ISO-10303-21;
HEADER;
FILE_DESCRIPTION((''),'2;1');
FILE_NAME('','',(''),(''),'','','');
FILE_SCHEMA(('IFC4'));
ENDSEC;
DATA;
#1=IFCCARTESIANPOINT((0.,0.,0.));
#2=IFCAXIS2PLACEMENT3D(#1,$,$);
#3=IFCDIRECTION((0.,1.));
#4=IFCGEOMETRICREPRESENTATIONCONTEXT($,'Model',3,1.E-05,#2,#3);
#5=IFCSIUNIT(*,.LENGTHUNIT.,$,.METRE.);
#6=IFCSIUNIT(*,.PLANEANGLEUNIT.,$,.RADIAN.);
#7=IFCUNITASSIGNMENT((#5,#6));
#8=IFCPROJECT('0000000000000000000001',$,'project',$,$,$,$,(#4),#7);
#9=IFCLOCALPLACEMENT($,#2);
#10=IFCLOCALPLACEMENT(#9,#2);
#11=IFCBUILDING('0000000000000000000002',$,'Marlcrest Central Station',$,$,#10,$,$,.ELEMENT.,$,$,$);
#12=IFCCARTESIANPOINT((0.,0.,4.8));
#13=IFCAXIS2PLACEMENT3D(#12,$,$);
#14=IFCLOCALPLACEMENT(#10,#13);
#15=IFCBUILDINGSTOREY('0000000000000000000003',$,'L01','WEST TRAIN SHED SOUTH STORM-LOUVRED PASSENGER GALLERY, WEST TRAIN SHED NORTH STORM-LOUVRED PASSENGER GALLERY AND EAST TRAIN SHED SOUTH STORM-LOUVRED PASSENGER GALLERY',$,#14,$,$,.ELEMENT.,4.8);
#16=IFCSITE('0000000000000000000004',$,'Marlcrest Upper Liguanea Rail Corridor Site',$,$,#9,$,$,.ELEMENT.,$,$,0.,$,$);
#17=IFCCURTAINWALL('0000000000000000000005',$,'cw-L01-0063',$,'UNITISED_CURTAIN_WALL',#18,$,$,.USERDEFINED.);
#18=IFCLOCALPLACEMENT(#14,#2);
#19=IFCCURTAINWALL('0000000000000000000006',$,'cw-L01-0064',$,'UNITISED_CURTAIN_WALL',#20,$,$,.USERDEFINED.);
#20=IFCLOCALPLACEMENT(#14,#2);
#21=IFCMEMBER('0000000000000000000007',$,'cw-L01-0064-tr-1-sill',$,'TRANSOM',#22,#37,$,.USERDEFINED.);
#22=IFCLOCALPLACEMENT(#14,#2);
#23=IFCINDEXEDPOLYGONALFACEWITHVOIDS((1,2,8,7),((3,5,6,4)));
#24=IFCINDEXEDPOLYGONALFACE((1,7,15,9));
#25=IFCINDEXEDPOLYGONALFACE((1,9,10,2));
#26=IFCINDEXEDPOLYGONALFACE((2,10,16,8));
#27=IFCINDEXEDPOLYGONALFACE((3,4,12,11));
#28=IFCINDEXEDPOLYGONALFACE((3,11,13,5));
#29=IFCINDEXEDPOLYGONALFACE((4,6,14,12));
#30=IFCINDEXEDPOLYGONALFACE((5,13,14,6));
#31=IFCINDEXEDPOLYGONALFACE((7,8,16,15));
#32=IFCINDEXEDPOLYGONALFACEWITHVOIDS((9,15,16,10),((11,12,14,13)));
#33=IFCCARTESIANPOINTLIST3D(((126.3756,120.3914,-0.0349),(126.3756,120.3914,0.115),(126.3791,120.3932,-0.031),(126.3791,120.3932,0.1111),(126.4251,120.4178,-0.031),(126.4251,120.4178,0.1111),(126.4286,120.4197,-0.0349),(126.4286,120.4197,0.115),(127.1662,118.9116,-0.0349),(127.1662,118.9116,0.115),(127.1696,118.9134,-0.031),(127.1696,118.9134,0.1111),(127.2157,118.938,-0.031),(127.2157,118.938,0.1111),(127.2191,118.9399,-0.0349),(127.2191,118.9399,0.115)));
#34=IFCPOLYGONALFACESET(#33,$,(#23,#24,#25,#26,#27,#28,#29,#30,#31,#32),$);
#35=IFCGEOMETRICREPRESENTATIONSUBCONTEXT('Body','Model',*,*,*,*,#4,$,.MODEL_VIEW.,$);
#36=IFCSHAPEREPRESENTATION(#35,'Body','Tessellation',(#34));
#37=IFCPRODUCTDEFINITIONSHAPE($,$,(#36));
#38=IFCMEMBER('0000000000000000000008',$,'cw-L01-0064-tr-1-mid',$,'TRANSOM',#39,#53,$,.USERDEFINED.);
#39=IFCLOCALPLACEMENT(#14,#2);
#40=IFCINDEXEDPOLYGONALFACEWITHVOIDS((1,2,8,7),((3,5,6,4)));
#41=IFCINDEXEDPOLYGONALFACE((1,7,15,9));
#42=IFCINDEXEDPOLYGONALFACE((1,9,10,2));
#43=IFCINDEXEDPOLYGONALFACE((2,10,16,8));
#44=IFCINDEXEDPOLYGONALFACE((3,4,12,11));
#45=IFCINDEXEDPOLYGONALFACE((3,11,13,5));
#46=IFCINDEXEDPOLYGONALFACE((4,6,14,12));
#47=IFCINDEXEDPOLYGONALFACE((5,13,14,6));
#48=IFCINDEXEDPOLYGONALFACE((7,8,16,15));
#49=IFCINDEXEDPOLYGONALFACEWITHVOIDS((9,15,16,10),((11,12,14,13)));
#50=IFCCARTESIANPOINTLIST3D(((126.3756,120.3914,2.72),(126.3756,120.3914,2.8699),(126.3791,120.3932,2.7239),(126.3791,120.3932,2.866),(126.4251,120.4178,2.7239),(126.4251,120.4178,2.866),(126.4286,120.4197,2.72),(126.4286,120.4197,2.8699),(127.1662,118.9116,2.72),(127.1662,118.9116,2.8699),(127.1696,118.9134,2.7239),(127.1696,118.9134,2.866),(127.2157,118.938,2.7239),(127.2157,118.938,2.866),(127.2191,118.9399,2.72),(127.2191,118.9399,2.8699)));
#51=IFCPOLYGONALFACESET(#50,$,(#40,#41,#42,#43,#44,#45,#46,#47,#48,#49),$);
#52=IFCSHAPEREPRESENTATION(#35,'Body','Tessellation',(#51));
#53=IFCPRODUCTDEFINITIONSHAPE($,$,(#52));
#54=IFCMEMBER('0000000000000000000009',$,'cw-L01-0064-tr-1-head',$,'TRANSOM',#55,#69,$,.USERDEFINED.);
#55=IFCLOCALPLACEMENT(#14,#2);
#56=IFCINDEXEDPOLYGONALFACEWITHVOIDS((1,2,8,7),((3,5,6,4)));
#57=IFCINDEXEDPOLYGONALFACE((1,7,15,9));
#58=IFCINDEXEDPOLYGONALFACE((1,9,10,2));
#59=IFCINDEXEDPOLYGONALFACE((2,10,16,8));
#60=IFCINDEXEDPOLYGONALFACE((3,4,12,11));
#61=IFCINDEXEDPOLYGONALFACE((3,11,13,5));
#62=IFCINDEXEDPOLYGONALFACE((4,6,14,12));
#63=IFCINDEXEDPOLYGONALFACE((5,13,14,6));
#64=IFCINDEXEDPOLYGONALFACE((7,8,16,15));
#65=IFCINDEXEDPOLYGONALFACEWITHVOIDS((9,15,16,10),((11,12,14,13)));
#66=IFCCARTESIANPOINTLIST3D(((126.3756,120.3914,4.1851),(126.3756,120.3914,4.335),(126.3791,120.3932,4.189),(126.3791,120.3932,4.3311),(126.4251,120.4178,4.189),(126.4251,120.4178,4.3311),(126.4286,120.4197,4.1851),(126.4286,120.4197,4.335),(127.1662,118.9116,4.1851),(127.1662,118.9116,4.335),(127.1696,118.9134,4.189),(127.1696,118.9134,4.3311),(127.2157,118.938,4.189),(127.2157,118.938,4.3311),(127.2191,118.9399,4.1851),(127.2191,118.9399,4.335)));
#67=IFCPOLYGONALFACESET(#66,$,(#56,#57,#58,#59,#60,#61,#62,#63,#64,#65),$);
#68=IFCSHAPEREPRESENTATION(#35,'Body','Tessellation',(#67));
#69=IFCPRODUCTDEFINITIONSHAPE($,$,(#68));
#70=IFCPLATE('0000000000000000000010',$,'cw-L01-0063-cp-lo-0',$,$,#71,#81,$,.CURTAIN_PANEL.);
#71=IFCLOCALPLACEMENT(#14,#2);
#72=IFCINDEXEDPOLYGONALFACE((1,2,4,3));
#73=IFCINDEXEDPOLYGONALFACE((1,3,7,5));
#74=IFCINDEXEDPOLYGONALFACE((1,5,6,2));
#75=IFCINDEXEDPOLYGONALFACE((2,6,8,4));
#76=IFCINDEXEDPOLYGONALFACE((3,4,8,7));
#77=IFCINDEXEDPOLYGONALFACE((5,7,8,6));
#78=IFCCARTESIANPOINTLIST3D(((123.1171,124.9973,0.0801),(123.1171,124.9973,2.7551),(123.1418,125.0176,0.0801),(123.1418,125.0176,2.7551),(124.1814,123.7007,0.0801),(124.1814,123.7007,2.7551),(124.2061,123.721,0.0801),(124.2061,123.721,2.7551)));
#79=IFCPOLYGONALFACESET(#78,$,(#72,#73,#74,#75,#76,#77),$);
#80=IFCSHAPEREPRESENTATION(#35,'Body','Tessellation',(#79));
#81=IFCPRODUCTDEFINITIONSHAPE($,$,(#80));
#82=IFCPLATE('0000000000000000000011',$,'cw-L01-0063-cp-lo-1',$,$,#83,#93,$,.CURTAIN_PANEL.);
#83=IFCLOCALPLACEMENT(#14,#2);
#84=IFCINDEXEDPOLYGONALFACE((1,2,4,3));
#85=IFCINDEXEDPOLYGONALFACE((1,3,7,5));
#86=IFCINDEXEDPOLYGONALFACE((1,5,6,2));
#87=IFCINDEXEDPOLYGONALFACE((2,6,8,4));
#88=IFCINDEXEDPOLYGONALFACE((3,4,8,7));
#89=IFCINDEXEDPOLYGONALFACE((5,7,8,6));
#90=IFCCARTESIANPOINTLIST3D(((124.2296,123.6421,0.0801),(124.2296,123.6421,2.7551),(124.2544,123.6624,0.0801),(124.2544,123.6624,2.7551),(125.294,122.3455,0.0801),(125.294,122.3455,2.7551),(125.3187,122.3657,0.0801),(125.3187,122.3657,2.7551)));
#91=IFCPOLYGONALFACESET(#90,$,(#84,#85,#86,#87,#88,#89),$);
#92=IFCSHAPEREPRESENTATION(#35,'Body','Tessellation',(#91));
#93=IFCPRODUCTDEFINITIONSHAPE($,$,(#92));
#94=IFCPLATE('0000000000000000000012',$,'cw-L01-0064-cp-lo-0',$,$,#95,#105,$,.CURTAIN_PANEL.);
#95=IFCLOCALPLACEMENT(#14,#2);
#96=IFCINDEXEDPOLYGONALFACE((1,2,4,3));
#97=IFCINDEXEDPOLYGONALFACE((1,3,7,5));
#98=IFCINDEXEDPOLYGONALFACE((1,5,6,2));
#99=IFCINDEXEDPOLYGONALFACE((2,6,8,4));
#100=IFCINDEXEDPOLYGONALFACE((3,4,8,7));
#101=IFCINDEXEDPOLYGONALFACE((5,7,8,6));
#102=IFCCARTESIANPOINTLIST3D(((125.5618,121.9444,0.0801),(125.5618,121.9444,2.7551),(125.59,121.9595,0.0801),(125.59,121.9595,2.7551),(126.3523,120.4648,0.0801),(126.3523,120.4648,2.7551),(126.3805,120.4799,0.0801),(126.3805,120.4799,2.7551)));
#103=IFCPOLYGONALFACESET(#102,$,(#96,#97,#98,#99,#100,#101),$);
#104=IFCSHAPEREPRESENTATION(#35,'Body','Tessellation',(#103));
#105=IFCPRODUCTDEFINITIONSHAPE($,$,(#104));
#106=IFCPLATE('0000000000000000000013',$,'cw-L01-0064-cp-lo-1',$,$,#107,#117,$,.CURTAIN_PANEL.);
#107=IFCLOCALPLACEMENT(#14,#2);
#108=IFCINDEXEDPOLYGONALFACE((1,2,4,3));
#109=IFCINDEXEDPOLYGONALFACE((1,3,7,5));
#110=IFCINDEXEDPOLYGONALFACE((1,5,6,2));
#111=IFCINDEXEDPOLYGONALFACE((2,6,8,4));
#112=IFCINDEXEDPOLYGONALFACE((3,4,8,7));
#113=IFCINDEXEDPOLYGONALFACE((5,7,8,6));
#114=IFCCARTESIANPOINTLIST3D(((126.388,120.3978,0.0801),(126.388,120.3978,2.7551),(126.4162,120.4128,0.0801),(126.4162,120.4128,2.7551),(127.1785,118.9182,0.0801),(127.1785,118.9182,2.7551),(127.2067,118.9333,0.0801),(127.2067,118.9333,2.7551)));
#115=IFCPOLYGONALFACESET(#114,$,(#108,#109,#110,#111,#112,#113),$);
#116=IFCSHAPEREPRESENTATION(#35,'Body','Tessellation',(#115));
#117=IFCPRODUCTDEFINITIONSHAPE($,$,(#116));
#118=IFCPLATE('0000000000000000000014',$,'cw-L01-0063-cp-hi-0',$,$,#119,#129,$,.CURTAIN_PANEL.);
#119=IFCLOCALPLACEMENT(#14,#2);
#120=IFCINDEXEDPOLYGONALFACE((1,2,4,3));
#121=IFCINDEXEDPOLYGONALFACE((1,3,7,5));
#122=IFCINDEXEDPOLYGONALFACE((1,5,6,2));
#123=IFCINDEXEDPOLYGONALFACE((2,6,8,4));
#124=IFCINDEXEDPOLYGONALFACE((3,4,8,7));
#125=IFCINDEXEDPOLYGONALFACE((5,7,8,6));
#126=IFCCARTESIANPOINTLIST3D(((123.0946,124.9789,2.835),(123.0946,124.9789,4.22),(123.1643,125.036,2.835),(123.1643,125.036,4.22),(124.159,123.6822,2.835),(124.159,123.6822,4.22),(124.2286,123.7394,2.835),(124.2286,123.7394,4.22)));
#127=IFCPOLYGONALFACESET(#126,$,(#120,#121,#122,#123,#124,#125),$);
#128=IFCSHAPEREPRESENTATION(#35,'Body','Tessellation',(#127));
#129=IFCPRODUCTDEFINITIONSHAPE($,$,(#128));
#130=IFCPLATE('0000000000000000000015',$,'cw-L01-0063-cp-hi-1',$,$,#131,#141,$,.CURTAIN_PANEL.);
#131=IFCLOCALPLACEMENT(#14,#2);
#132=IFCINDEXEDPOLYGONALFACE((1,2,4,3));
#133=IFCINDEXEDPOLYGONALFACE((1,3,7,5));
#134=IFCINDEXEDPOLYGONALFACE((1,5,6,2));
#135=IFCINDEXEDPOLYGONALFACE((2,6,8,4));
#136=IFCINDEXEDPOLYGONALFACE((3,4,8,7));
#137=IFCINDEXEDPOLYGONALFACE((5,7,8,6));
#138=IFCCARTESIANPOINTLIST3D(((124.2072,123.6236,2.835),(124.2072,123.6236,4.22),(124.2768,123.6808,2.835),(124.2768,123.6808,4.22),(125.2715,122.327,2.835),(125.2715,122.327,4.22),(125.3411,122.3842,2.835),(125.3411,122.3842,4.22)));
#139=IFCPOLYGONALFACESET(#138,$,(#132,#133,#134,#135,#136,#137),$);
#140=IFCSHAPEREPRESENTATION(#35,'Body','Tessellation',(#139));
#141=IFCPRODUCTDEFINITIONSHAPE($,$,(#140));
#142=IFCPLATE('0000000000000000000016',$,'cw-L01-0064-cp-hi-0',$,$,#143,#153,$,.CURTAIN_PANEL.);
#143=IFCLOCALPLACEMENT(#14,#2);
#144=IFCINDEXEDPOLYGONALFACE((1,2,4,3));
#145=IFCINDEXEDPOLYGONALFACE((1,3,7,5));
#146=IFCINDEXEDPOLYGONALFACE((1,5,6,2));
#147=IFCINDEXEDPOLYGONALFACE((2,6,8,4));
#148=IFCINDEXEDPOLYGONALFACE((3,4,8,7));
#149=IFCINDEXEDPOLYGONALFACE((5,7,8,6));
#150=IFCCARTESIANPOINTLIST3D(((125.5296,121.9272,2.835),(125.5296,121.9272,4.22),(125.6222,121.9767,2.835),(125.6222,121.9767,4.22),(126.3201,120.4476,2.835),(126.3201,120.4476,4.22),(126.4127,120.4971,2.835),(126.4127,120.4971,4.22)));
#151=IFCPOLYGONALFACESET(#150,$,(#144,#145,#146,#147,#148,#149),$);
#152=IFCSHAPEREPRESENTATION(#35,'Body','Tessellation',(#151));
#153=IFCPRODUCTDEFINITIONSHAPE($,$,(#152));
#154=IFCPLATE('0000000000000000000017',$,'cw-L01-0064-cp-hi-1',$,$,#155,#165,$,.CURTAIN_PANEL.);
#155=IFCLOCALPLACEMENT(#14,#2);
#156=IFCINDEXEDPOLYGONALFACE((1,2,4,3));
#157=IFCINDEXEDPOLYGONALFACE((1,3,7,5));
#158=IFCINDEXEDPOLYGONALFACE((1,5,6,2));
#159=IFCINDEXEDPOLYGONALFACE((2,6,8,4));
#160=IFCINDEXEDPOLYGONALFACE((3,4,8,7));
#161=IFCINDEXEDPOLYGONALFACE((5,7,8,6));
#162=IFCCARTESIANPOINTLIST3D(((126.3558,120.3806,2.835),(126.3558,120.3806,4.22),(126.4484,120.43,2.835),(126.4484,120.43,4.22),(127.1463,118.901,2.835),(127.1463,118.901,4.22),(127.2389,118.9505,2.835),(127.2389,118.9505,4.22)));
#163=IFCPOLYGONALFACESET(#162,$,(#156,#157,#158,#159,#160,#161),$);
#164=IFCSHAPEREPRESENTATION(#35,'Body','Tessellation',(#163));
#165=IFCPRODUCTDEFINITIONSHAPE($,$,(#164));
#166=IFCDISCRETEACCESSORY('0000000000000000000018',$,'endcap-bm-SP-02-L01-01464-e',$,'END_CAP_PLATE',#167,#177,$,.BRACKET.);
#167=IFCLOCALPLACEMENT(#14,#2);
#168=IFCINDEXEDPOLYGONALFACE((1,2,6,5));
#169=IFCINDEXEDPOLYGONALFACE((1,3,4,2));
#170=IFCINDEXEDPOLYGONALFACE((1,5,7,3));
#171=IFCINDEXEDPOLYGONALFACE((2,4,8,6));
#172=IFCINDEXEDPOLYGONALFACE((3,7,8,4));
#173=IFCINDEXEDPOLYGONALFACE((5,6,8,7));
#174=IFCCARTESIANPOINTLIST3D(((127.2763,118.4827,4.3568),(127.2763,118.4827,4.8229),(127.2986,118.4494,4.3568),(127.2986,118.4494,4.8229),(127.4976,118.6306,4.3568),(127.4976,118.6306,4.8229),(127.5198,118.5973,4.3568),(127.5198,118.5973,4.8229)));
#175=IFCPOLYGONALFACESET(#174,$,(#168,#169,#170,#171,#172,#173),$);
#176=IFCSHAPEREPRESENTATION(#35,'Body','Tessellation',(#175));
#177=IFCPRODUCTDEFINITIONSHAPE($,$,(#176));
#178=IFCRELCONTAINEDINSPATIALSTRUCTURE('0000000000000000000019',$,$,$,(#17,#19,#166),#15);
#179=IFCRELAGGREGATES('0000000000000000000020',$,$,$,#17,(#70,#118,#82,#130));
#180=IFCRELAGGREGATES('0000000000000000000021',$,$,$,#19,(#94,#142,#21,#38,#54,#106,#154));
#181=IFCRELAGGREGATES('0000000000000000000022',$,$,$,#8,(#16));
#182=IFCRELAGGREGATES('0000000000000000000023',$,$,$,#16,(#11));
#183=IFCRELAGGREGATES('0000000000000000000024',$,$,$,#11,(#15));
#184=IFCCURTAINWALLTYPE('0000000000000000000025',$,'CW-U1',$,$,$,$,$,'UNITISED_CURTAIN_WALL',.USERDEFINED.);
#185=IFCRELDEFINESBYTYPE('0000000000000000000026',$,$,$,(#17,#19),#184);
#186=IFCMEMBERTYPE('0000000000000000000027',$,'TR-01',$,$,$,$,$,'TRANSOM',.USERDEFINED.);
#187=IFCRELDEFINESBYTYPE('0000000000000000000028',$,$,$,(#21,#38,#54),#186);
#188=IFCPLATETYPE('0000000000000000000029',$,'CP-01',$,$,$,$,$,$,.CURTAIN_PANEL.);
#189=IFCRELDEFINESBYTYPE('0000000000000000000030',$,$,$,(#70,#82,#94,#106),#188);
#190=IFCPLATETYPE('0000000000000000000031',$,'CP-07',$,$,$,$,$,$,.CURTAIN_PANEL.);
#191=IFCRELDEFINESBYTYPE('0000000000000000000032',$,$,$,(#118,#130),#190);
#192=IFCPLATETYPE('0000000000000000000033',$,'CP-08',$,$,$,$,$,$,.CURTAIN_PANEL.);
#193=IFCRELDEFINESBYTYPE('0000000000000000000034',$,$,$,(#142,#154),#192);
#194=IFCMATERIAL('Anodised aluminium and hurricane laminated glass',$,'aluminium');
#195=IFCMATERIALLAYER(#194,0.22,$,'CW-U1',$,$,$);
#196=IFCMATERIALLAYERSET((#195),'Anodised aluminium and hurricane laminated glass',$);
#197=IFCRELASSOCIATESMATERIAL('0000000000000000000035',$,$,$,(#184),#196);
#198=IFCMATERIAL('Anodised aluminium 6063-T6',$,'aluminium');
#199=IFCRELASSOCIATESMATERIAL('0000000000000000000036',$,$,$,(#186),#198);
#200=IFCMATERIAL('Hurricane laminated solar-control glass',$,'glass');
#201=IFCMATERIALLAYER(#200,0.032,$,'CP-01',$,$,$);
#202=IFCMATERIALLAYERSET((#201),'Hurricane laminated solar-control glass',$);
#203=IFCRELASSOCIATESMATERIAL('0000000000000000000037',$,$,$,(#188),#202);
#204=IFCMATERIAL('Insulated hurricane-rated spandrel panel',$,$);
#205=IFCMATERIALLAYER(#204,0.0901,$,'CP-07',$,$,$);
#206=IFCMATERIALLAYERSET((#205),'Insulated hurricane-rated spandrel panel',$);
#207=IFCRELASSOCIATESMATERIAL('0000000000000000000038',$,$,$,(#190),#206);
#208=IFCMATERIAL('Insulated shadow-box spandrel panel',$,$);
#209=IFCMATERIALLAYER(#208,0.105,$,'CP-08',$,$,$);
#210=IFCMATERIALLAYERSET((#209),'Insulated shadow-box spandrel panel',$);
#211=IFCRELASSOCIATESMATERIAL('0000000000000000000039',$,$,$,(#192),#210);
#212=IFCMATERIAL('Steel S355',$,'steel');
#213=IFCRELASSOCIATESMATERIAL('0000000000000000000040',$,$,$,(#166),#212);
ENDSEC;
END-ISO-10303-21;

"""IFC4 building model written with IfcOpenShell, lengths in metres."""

from ifc_helpers import new_model, si_unit, direction, frame, origin, origin_2d, place, context, subcontext, project, spatial, rectangle, hollow_rectangle, extrude, material, layer, layer_set, material_profile, profile_set, type_object, element, aggregate, save


model = new_model("IFC4")

# Units and contexts
model_context = context("Model", 3, precision=1e-05, world=origin(), true_north=direction((0.0, 1.0)))
body_context = subcontext(model_context, "Body", "Model", "MODEL_VIEW")
ifc_project = project(units=[si_unit("LENGTHUNIT", "METRE"), si_unit("PLANEANGLEUNIT", "RADIAN")], contexts=[model_context])

# Site, building, storey
site_placement = place(None, origin())
site = spatial("IfcSite", under=ifc_project, at=site_placement, Name="Marlcrest Upper Liguanea Rail Corridor Site", CompositionType="ELEMENT", RefElevation=0.0)
building_placement = place(site_placement, origin())
building = spatial("IfcBuilding", under=site, at=building_placement, Name="Marlcrest Central Station", CompositionType="ELEMENT")
storey_placement = place(building_placement, frame((0.0, 0.0, 4.8)))
storey = spatial("IfcBuildingStorey", under=building, at=storey_placement, Name="L01", Description="WEST TRAIN SHED SOUTH STORM-LOUVRED PASSENGER GALLERY, WEST TRAIN SHED NORTH STORM-LOUVRED PASSENGER GALLERY AND EAST TRAIN SHED SOUTH STORM-LOUVRED PASSENGER GALLERY", CompositionType="ELEMENT", Elevation=4.8)

# Curtain walls
ifc_material_1 = material(Name="Anodised aluminium and hurricane laminated glass", Category="aluminium")
ifc_layer_1 = layer(ifc_material_1, 0.22, Name="CW-U1")
ifc_layer_set_1 = layer_set([ifc_layer_1], Name="Anodised aluminium and hurricane laminated glass")
curtain_wall_type = type_object("IfcCurtainWallType", Name="CW-U1", ElementType="UNITISED_CURTAIN_WALL", PredefinedType="USERDEFINED", material=ifc_layer_set_1)
curtain_wall_1_placement = place(storey_placement, origin())
curtain_wall_1 = element("IfcCurtainWall", 1, at=curtain_wall_1_placement, inside=storey, type_object=curtain_wall_type, Name="cw-L01-0063", ObjectType="UNITISED_CURTAIN_WALL", PredefinedType="USERDEFINED")
ifc_material_2 = material(Name="Anodised aluminium 6063-T6", Category="aluminium")
curtain_wall_2_placement = place(storey_placement, origin())
curtain_wall_2 = element("IfcCurtainWall", 2, at=curtain_wall_2_placement, inside=storey, type_object=curtain_wall_type, Name="cw-L01-0064", ObjectType="UNITISED_CURTAIN_WALL", PredefinedType="USERDEFINED")

# Members
ifc_material_profile_1 = material_profile(ifc_material_2, hollow_rectangle(XDim=0.0601, YDim=0.1499, WallThickness=0.0039, at=origin_2d()), Name="AA-RHS 150x60x4")
ifc_profile_set_1 = profile_set([ifc_material_profile_1], Name="Anodised aluminium 6063-T6")
member_type_1 = type_object("IfcMemberType", Name="TR-01", ElementType="TRANSOM", PredefinedType="USERDEFINED", material=ifc_profile_set_1)
member_1_placement = place(storey_placement, frame((126.4021, 120.4055, 0.04), z_axis=(0.471207, -0.882022, 0.0), x_axis=(0.882022, 0.471207, 0.0)))
member_1 = element("IfcMember", 3, at=member_1_placement, type_object=member_type_1, Name="cw-L01-0064-tr-1-sill", ObjectType="TRANSOM", PredefinedType="USERDEFINED", context=body_context, shape_type="SweptSolid", body=[
    extrude(hollow_rectangle(XDim=0.0601, YDim=0.1499, WallThickness=0.0039, at=origin_2d()), origin(), (0.0, 0.0, 1.0), 1.6777),
])
member_2_placement = place(storey_placement, frame((126.4021, 120.4055, 2.7949), z_axis=(0.471207, -0.882022, 0.0), x_axis=(0.882022, 0.471207, 0.0)))
member_2 = element("IfcMember", 4, at=member_2_placement, type_object=member_type_1, Name="cw-L01-0064-tr-1-mid", ObjectType="TRANSOM", PredefinedType="USERDEFINED", context=body_context, shape_type="SweptSolid", body=[
    extrude(hollow_rectangle(XDim=0.0601, YDim=0.1499, WallThickness=0.0039, at=origin_2d()), origin(), (0.0, 0.0, 1.0), 1.6777),
])
member_3_placement = place(storey_placement, frame((126.4021, 120.4055, 4.26), z_axis=(0.471207, -0.882022, 0.0), x_axis=(0.882022, 0.471207, 0.0)))
member_3 = element("IfcMember", 5, at=member_3_placement, type_object=member_type_1, Name="cw-L01-0064-tr-1-head", ObjectType="TRANSOM", PredefinedType="USERDEFINED", context=body_context, shape_type="SweptSolid", body=[
    extrude(hollow_rectangle(XDim=0.0601, YDim=0.1499, WallThickness=0.0039, at=origin_2d()), origin(), (0.0, 0.0, 1.0), 1.6777),
])

# Plates
ifc_material_3 = material(Name="Hurricane laminated solar-control glass", Category="glass")
ifc_layer_2 = layer(ifc_material_3, 0.032, Name="CP-01")
ifc_layer_set_2 = layer_set([ifc_layer_2], Name="Hurricane laminated solar-control glass")
plate_type_1 = type_object("IfcPlateType", Name="CP-01", PredefinedType="CURTAIN_PANEL", material=ifc_layer_set_2)
plate_1_placement = place(storey_placement, frame((123.6616, 124.3591, 0.0801), z_axis=(0.0, 0.0, 1.0), x_axis=(0.634474, -0.772944, 0.0)))
plate_1 = element("IfcPlate", 6, at=plate_1_placement, type_object=plate_type_1, Name="cw-L01-0063-cp-lo-0", PredefinedType="CURTAIN_PANEL", context=body_context, shape_type="SweptSolid", body=[
    extrude(rectangle(XDim=1.6775, YDim=0.032, at=origin_2d()), origin(), (0.0, 0.0, 1.0), 2.675),
])
plate_2_placement = place(storey_placement, frame((124.7742, 123.0039, 0.0801), z_axis=(0.0, 0.0, 1.0), x_axis=(0.634474, -0.772944, 0.0)))
plate_2 = element("IfcPlate", 7, at=plate_2_placement, type_object=plate_type_1, Name="cw-L01-0063-cp-lo-1", PredefinedType="CURTAIN_PANEL", context=body_context, shape_type="SweptSolid", body=[
    extrude(rectangle(XDim=1.6775, YDim=0.032, at=origin_2d()), origin(), (0.0, 0.0, 1.0), 2.675),
])
plate_3_placement = place(storey_placement, frame((125.9712, 121.2122, 0.0801), z_axis=(0.0, 0.0, 1.0), x_axis=(0.471243, -0.882004, 0.0)))
plate_3 = element("IfcPlate", 8, at=plate_3_placement, type_object=plate_type_1, Name="cw-L01-0064-cp-lo-0", PredefinedType="CURTAIN_PANEL", context=body_context, shape_type="SweptSolid", body=[
    extrude(rectangle(XDim=1.6775, YDim=0.032, at=origin_2d()), origin(), (0.0, 0.0, 1.0), 2.675),
])
plate_4_placement = place(storey_placement, frame((126.7974, 119.6655, 0.0801), z_axis=(0.0, 0.0, 1.0), x_axis=(0.471243, -0.882004, 0.0)))
plate_4 = element("IfcPlate", 9, at=plate_4_placement, type_object=plate_type_1, Name="cw-L01-0064-cp-lo-1", PredefinedType="CURTAIN_PANEL", context=body_context, shape_type="SweptSolid", body=[
    extrude(rectangle(XDim=1.6775, YDim=0.032, at=origin_2d()), origin(), (0.0, 0.0, 1.0), 2.675),
])
ifc_material_4 = material(Name="Insulated hurricane-rated spandrel panel")
ifc_layer_3 = layer(ifc_material_4, 0.0901, Name="CP-07")
ifc_layer_set_3 = layer_set([ifc_layer_3], Name="Insulated hurricane-rated spandrel panel")
plate_type_2 = type_object("IfcPlateType", Name="CP-07", PredefinedType="CURTAIN_PANEL", material=ifc_layer_set_3)
plate_5_placement = place(storey_placement, frame((123.6616, 124.3591, 2.835), z_axis=(0.0, 0.0, 1.0), x_axis=(0.634474, -0.772944, 0.0)))
plate_5 = element("IfcPlate", 10, at=plate_5_placement, type_object=plate_type_2, Name="cw-L01-0063-cp-hi-0", PredefinedType="CURTAIN_PANEL", context=body_context, shape_type="SweptSolid", body=[
    extrude(rectangle(XDim=1.6775, YDim=0.0901, at=origin_2d()), origin(), (0.0, 0.0, 1.0), 1.385),
])
plate_6_placement = place(storey_placement, frame((124.7742, 123.0039, 2.835), z_axis=(0.0, 0.0, 1.0), x_axis=(0.634474, -0.772944, 0.0)))
plate_6 = element("IfcPlate", 11, at=plate_6_placement, type_object=plate_type_2, Name="cw-L01-0063-cp-hi-1", PredefinedType="CURTAIN_PANEL", context=body_context, shape_type="SweptSolid", body=[
    extrude(rectangle(XDim=1.6775, YDim=0.0901, at=origin_2d()), origin(), (0.0, 0.0, 1.0), 1.385),
])
aggregate(curtain_wall_1, [plate_1, plate_5, plate_2, plate_6])
ifc_material_5 = material(Name="Insulated shadow-box spandrel panel")
ifc_layer_4 = layer(ifc_material_5, 0.105, Name="CP-08")
ifc_layer_set_4 = layer_set([ifc_layer_4], Name="Insulated shadow-box spandrel panel")
plate_type_3 = type_object("IfcPlateType", Name="CP-08", PredefinedType="CURTAIN_PANEL", material=ifc_layer_set_4)
plate_7_placement = place(storey_placement, frame((125.9712, 121.2122, 2.835), z_axis=(0.0, 0.0, 1.0), x_axis=(0.471243, -0.882004, 0.0)))
plate_7 = element("IfcPlate", 12, at=plate_7_placement, type_object=plate_type_3, Name="cw-L01-0064-cp-hi-0", PredefinedType="CURTAIN_PANEL", context=body_context, shape_type="SweptSolid", body=[
    extrude(rectangle(XDim=1.6775, YDim=0.105, at=origin_2d()), origin(), (0.0, 0.0, 1.0), 1.385),
])
plate_8_placement = place(storey_placement, frame((126.7974, 119.6655, 2.835), z_axis=(0.0, 0.0, 1.0), x_axis=(0.471243, -0.882004, 0.0)))
plate_8 = element("IfcPlate", 13, at=plate_8_placement, type_object=plate_type_3, Name="cw-L01-0064-cp-hi-1", PredefinedType="CURTAIN_PANEL", context=body_context, shape_type="SweptSolid", body=[
    extrude(rectangle(XDim=1.6775, YDim=0.105, at=origin_2d()), origin(), (0.0, 0.0, 1.0), 1.385),
])
aggregate(curtain_wall_2, [plate_3, plate_7, member_1, member_2, member_3, plate_4, plate_8])

# Discrete accessory
ifc_material_6 = material(Name="Steel S355", Category="steel")
discrete_accessory_placement = place(storey_placement, frame((127.387, 118.5566, 4.5898), z_axis=(0.555511, -0.831509, 0.0), x_axis=(0.831509, 0.555511, 0.0)))
element("IfcDiscreteAccessory", 14, at=discrete_accessory_placement, inside=storey, material=ifc_material_6, Name="endcap-bm-SP-02-L01-01464-e", ObjectType="END_CAP_PLATE", PredefinedType="BRACKET", context=body_context, shape_type="SweptSolid", body=[
    extrude(rectangle(XDim=0.2661, YDim=0.4661, at=origin_2d()), origin(), (0.0, 0.0, 1.0), 0.04),
])

save(model, "model.ifc")
